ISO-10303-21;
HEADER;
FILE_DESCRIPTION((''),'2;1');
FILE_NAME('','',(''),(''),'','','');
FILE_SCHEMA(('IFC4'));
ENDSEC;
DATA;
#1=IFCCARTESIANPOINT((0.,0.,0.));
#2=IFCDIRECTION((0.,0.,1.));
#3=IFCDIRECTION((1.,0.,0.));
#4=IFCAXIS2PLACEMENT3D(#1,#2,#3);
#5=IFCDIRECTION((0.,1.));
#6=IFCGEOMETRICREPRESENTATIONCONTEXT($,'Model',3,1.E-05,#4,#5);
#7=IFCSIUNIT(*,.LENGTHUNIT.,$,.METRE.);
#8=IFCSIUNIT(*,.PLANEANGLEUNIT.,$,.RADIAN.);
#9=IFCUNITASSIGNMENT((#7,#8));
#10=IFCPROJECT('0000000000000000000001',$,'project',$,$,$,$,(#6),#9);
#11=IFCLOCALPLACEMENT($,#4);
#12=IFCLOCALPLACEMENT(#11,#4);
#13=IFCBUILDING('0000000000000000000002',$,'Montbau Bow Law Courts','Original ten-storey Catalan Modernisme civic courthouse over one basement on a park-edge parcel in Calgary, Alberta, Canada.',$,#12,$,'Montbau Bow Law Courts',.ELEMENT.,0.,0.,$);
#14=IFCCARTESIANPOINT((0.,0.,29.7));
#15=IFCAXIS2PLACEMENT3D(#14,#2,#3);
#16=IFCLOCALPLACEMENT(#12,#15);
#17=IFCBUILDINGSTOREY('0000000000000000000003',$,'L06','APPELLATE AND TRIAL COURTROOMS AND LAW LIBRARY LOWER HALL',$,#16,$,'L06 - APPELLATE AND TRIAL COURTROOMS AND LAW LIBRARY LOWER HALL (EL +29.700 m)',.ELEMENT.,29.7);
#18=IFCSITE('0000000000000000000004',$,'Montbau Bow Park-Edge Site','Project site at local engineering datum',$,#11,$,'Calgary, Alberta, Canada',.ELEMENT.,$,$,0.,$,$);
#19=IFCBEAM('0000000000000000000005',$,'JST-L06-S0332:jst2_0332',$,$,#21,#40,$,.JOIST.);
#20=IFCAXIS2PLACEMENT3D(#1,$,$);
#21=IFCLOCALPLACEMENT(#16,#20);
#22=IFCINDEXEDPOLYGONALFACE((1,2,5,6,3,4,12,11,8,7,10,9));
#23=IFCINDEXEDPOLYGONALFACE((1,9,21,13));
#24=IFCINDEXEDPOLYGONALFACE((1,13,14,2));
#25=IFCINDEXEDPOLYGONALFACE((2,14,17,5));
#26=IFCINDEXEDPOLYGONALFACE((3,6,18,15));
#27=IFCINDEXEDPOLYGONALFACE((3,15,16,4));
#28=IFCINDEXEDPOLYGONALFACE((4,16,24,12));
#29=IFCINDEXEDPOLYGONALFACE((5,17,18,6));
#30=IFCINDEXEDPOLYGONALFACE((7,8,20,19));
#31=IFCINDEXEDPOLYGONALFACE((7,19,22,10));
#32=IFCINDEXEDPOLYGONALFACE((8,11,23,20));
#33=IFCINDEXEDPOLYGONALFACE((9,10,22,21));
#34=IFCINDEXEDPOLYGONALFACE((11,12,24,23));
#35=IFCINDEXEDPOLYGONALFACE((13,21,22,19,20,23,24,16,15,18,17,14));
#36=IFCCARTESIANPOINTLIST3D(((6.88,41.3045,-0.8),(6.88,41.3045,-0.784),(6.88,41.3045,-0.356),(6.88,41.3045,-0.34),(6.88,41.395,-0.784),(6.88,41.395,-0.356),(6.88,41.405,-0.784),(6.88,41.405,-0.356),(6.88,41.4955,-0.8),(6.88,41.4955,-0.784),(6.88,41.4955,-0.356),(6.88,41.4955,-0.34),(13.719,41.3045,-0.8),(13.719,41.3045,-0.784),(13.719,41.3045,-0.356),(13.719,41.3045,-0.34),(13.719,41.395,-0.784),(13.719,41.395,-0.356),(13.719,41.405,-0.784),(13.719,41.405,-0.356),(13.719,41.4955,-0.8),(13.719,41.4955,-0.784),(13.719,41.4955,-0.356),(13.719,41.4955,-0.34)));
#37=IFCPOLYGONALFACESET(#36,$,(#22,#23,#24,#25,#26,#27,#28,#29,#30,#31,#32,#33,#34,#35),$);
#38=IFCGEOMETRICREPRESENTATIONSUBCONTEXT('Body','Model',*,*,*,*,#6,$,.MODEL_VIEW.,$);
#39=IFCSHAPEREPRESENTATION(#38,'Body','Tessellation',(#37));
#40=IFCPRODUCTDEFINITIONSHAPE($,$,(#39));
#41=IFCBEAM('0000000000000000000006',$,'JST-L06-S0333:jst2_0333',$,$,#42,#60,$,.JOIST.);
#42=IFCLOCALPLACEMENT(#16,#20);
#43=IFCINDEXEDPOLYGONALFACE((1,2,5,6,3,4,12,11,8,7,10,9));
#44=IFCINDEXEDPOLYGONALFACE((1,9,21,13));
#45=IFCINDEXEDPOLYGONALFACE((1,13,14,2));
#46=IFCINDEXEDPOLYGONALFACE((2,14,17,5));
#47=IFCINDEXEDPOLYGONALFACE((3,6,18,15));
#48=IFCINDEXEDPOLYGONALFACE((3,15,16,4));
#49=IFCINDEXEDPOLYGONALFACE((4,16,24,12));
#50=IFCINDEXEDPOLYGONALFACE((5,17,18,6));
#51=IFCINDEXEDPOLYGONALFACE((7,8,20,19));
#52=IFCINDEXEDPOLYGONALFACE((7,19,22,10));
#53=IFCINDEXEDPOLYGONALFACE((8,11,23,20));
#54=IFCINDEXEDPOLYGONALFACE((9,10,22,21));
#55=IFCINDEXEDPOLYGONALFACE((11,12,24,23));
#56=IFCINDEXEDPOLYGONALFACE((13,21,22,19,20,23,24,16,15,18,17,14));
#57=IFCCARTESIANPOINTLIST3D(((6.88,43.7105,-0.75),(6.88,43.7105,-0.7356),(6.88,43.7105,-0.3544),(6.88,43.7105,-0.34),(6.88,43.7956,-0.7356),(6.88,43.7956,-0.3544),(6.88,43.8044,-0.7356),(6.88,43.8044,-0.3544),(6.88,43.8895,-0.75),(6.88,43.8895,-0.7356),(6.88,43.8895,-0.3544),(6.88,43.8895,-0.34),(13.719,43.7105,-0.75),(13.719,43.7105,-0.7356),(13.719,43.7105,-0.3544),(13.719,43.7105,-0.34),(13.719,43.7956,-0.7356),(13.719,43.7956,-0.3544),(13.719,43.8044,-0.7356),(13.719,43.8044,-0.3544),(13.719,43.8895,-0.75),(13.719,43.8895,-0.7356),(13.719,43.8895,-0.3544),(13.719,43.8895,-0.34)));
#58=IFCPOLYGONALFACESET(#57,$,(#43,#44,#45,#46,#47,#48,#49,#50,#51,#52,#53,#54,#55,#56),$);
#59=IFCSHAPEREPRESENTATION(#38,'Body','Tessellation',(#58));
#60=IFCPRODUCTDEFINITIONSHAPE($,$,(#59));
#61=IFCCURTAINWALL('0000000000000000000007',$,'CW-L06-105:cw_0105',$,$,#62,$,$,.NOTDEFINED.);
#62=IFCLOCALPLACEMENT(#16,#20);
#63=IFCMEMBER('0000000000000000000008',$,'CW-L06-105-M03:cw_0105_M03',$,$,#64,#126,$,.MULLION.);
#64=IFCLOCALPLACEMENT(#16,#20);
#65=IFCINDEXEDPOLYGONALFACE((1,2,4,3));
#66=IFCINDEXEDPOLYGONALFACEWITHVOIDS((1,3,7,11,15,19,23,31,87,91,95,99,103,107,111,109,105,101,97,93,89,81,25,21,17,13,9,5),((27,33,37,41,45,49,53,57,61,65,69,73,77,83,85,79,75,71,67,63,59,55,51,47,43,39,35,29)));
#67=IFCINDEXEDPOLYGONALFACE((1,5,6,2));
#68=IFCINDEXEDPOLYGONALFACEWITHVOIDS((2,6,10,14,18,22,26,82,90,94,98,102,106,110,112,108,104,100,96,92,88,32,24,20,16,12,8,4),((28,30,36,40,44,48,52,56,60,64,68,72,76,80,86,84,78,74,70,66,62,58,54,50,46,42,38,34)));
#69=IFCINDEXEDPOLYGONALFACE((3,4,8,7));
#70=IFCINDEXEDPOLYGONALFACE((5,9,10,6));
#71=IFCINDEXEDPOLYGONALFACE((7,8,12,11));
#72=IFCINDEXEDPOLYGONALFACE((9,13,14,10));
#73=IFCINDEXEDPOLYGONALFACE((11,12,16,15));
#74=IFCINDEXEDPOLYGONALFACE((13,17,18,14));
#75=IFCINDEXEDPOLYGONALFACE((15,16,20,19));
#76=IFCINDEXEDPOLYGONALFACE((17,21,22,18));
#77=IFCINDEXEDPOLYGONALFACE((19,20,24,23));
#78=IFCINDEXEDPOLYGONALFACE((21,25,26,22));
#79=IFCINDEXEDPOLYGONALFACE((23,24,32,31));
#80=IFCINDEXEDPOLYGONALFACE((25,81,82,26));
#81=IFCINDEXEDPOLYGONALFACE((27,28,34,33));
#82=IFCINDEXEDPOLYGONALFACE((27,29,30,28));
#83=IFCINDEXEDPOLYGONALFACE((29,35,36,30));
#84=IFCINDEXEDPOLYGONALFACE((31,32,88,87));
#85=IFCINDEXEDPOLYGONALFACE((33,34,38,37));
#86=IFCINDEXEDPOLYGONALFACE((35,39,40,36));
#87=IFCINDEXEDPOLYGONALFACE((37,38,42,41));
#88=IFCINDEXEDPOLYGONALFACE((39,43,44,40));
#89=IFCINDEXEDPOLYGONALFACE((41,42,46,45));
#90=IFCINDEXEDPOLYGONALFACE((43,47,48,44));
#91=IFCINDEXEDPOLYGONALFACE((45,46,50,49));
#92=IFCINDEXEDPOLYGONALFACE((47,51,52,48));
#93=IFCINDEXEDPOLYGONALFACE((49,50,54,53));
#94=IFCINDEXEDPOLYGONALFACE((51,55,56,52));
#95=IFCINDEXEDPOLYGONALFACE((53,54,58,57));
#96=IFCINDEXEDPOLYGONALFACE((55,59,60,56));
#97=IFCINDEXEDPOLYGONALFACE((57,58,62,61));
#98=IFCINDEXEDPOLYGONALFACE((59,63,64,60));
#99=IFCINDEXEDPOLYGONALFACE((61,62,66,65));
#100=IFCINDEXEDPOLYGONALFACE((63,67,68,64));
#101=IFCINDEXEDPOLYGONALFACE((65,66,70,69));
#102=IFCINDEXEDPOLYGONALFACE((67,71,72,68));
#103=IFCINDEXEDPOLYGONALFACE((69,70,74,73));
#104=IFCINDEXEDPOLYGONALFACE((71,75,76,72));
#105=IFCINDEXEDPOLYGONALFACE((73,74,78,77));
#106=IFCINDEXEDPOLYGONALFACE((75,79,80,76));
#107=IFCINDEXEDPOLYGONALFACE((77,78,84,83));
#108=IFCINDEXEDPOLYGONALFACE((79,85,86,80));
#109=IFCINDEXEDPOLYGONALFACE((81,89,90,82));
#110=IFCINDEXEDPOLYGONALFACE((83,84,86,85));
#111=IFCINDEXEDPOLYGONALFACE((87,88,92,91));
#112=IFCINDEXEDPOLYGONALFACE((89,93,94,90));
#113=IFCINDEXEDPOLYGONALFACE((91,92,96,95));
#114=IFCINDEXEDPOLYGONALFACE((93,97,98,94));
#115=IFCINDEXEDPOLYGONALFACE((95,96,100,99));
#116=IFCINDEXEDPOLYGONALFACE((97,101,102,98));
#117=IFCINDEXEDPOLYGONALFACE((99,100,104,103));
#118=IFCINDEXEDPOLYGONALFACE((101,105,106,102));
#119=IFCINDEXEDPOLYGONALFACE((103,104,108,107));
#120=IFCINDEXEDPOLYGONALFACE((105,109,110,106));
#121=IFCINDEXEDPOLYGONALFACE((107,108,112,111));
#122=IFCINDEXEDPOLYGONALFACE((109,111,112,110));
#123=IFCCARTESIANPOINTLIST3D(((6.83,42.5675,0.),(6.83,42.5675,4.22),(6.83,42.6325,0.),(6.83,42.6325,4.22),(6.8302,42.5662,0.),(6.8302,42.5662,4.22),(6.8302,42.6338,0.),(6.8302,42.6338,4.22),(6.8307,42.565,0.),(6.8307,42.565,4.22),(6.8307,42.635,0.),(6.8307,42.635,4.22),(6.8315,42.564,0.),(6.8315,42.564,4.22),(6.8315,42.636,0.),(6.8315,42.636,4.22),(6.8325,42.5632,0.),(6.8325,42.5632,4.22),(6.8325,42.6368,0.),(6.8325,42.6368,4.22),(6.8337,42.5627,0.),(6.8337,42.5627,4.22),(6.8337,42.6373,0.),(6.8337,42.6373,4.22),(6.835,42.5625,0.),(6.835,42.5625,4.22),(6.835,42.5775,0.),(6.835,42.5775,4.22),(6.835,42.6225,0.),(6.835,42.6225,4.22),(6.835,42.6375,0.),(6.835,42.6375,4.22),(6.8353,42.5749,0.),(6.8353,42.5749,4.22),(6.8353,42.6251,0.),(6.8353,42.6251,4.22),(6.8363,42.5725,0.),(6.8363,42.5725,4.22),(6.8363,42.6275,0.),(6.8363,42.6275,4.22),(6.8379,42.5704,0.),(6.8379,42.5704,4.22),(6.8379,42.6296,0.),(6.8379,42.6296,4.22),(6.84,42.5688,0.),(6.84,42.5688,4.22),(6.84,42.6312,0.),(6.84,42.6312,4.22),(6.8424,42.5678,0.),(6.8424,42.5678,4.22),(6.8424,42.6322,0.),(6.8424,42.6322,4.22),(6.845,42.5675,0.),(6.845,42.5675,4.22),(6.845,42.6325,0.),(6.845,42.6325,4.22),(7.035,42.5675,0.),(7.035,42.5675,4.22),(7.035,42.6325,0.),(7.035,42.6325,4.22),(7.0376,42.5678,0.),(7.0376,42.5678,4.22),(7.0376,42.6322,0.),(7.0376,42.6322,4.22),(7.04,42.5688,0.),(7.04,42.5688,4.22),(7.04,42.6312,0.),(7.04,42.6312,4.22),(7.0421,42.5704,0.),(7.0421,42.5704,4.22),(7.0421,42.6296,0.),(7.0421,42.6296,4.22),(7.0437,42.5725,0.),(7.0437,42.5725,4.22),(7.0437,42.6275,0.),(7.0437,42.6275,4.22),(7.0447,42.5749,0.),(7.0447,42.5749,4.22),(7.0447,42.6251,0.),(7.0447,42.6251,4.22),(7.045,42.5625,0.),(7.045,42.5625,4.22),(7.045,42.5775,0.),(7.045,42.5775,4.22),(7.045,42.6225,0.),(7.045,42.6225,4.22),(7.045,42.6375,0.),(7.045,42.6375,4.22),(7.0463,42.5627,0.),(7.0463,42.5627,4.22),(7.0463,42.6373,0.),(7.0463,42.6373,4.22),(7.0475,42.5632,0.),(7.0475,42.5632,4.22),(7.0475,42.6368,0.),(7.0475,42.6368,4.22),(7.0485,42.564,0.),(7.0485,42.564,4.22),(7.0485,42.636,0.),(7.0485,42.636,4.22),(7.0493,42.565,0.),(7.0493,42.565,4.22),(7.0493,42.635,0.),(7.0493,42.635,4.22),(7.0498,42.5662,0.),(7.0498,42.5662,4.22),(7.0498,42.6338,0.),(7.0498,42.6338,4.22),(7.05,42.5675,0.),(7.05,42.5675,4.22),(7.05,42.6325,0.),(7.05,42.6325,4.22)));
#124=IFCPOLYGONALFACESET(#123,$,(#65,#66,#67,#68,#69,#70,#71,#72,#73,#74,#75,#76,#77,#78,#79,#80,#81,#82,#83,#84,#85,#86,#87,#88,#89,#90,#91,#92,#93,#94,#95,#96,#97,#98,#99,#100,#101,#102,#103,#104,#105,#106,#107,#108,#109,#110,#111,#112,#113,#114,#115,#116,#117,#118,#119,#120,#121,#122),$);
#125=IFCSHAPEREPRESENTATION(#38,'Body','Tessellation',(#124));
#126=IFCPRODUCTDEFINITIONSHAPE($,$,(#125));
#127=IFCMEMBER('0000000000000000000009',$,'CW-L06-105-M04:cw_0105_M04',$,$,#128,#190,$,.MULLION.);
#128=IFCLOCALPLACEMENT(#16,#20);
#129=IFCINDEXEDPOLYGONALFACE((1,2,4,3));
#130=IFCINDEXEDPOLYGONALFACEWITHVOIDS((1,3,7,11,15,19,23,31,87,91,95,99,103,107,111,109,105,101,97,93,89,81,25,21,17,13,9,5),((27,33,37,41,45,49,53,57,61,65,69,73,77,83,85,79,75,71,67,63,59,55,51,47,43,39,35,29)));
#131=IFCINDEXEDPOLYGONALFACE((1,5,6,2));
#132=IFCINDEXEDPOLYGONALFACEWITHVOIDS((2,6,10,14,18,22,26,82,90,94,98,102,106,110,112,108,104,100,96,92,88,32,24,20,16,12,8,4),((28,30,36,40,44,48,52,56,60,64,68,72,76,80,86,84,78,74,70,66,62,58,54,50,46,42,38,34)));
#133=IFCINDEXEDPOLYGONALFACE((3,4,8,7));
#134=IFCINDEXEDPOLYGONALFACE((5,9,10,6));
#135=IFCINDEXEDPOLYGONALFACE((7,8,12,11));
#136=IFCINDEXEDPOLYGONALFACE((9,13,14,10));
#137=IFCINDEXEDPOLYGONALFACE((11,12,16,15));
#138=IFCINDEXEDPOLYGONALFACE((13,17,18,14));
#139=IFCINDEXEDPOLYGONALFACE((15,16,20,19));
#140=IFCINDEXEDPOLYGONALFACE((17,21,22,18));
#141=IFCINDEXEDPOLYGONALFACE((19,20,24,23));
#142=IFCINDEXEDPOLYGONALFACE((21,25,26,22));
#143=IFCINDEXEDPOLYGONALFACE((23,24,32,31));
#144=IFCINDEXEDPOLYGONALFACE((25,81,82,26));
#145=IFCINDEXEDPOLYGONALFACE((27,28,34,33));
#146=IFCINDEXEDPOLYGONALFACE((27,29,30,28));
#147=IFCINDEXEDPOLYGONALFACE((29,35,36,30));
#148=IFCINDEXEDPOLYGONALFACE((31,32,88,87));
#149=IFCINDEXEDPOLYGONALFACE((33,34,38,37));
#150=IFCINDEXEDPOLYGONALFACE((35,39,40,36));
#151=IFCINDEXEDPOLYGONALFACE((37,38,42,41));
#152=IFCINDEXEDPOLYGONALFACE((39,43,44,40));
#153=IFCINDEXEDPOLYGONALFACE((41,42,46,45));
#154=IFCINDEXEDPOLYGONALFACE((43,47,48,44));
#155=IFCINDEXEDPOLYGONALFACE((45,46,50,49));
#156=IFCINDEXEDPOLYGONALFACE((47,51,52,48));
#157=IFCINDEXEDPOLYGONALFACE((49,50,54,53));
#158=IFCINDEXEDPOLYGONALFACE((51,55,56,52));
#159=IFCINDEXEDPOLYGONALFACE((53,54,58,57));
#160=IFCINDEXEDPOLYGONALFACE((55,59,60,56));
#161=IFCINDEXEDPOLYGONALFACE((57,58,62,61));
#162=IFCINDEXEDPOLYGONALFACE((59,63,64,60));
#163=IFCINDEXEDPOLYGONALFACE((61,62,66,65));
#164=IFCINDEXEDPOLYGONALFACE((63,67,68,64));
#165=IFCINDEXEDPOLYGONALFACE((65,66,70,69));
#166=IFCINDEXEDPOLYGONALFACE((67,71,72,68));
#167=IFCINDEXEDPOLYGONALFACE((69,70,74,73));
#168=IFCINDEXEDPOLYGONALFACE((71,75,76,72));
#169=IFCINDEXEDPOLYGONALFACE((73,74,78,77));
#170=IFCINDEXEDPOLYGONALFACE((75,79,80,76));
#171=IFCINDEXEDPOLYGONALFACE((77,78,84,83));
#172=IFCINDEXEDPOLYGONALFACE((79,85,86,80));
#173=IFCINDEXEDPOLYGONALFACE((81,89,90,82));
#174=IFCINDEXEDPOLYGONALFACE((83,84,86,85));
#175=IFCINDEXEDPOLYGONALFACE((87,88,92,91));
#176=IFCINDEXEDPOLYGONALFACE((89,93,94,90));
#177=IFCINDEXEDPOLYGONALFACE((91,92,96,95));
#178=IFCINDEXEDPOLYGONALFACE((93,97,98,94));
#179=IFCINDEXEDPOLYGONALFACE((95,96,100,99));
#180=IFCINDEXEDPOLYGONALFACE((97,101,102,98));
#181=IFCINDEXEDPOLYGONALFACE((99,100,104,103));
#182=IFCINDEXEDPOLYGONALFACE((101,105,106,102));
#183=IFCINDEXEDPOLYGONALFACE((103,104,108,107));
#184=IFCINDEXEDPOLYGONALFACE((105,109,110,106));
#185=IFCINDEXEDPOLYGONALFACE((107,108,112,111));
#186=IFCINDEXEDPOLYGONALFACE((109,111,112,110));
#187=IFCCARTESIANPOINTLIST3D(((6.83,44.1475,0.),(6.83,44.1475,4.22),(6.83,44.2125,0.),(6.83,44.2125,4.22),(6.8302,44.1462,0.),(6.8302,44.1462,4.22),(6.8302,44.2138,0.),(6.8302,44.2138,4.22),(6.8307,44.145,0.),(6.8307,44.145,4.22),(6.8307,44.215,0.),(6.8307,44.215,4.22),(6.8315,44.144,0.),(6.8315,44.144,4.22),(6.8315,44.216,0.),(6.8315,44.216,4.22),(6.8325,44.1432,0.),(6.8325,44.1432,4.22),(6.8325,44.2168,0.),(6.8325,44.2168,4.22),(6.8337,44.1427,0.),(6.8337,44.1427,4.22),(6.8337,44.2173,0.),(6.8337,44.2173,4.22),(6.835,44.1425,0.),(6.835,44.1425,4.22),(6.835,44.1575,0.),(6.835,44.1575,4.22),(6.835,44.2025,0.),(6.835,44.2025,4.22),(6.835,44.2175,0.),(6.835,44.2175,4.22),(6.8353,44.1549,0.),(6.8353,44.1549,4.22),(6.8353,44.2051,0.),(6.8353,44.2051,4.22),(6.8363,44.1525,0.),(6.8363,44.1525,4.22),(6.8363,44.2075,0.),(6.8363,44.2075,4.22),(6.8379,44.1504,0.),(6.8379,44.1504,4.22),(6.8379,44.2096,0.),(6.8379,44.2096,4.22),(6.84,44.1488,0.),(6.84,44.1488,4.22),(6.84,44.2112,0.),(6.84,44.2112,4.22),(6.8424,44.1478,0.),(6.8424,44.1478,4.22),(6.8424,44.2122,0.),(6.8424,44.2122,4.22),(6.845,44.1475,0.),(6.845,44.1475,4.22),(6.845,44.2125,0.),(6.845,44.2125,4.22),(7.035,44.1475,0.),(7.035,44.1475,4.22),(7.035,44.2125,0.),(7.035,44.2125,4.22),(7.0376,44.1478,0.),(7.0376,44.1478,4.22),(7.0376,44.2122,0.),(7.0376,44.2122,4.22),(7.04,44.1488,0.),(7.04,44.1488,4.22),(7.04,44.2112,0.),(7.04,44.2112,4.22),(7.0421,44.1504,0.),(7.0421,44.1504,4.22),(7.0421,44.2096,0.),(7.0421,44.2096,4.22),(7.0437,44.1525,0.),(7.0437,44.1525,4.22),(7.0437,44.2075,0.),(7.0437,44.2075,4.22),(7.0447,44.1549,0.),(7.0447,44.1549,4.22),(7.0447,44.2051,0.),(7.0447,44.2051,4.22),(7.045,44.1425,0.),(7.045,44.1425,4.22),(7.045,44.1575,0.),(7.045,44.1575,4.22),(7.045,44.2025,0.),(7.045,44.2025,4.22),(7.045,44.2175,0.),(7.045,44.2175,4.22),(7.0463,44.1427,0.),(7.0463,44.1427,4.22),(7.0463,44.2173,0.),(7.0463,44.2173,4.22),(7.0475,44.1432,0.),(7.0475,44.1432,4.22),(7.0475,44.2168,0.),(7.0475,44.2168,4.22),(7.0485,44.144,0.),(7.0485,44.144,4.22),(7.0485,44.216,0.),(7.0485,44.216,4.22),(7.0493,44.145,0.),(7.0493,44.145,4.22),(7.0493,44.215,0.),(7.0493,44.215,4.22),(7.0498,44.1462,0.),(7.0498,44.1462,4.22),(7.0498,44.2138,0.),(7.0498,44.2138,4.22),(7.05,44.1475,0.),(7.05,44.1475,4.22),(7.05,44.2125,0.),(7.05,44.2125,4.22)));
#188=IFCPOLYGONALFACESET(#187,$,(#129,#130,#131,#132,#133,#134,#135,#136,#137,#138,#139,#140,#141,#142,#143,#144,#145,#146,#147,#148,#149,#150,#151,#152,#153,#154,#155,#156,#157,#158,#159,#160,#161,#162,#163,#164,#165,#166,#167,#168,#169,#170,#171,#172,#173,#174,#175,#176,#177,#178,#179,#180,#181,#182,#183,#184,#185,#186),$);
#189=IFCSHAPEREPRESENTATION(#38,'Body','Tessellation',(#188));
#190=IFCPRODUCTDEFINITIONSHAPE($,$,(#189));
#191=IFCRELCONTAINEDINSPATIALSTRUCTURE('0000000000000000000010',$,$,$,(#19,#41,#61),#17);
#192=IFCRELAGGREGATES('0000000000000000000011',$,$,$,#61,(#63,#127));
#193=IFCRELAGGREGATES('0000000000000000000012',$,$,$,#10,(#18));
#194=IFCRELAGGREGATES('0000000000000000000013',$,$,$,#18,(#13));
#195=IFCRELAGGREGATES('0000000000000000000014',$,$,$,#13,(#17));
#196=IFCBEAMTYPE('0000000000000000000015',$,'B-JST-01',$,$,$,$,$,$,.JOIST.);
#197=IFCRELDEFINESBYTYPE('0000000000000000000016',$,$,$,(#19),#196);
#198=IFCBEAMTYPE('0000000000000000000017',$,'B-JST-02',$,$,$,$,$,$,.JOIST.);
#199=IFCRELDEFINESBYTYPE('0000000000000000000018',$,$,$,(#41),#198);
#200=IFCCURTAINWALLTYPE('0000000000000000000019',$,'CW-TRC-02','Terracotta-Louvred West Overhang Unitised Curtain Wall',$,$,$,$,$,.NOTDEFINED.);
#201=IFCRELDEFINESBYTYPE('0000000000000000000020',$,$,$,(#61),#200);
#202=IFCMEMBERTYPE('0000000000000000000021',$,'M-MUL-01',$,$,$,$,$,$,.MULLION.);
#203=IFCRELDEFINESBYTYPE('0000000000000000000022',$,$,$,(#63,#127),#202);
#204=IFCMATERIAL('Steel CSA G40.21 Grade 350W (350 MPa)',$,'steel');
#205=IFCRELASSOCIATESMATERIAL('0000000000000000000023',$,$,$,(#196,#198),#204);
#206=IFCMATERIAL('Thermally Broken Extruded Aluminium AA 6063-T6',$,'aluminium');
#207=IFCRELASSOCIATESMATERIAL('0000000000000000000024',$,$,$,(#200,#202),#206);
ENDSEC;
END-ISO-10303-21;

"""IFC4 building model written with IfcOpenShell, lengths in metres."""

from ifc_helpers import new_model, si_unit, direction, frame, origin_with_axes, origin_2d_with_axis, place, context, subcontext, project, spatial, hollow_rectangle, i_section, extrude, material, material_profile, profile_set, type_object, element, aggregate, save


model = new_model("IFC4")

# Units and contexts
model_context = context("Model", 3, precision=1e-05, world=origin_with_axes(), true_north=direction((0.0, 1.0)))
body_context = subcontext(model_context, "Body", "Model", "MODEL_VIEW")
ifc_project = project(units=[si_unit("LENGTHUNIT", "METRE"), si_unit("PLANEANGLEUNIT", "RADIAN")], contexts=[model_context])

# Site, building, storey
site_placement = place(None, origin_with_axes())
site = spatial("IfcSite", under=ifc_project, at=site_placement, Name="Montbau Bow Park-Edge Site", Description="Project site at local engineering datum", LongName="Calgary, Alberta, Canada", CompositionType="ELEMENT", RefElevation=0.0)
building_placement = place(site_placement, origin_with_axes())
building = spatial("IfcBuilding", under=site, at=building_placement, Name="Montbau Bow Law Courts", Description="Original ten-storey Catalan Modernisme civic courthouse over one basement on a park-edge parcel in Calgary, Alberta, Canada.", LongName="Montbau Bow Law Courts", CompositionType="ELEMENT", ElevationOfRefHeight=0.0, ElevationOfTerrain=0.0)
storey_placement = place(building_placement, frame((0.0, 0.0, 29.7), z_axis=(0.0, 0.0, 1.0), x_axis=(1.0, 0.0, 0.0)))
storey = spatial("IfcBuildingStorey", under=building, at=storey_placement, Name="L06", Description="APPELLATE AND TRIAL COURTROOMS AND LAW LIBRARY LOWER HALL", LongName="L06 - APPELLATE AND TRIAL COURTROOMS AND LAW LIBRARY LOWER HALL (EL +29.700 m)", CompositionType="ELEMENT", Elevation=29.7)

# Beams
ifc_material_1 = material(Name="Steel CSA G40.21 Grade 350W (350 MPa)", Category="steel")
ifc_material_profile_1 = material_profile(ifc_material_1, i_section(OverallWidth=0.191, OverallDepth=0.46, WebThickness=0.0099, FlangeThickness=0.016, at=origin_2d_with_axis()), Name="W460X82", Category="Main", Priority=0)
ifc_profile_set_1 = profile_set([ifc_material_profile_1], Name="Steel CSA G40.21 Grade 350W (350 MPa)")
beam_type_1 = type_object("IfcBeamType", Name="B-JST-01", PredefinedType="JOIST", material=ifc_profile_set_1)
beam_1_placement = place(None, frame((6.88, 41.4, 29.13), z_axis=(1.0, 0.0, 0.0), x_axis=(0.0, 1.0, 0.0)))
element("IfcBeam", 1, at=beam_1_placement, inside=storey, type_object=beam_type_1, Name="JST-L06-S0332:jst2_0332", PredefinedType="JOIST", context=body_context, shape_type="SweptSolid", body=[
    extrude(i_section(OverallWidth=0.191, OverallDepth=0.46, WebThickness=0.0099, FlangeThickness=0.016, at=origin_2d_with_axis()), origin_with_axes(), (0.0, 0.0, 1.0), 6.839),
])
ifc_material_profile_2 = material_profile(ifc_material_1, i_section(OverallWidth=0.179, OverallDepth=0.41, WebThickness=0.0088, FlangeThickness=0.0144, at=origin_2d_with_axis()), Name="W410X67", Category="Main", Priority=0)
ifc_profile_set_2 = profile_set([ifc_material_profile_2], Name="Steel CSA G40.21 Grade 350W (350 MPa)")
beam_type_2 = type_object("IfcBeamType", Name="B-JST-02", PredefinedType="JOIST", material=ifc_profile_set_2)
beam_2_placement = place(None, frame((6.88, 43.8, 29.155), z_axis=(1.0, 0.0, 0.0), x_axis=(0.0, 1.0, 0.0)))
element("IfcBeam", 2, at=beam_2_placement, inside=storey, type_object=beam_type_2, Name="JST-L06-S0333:jst2_0333", PredefinedType="JOIST", context=body_context, shape_type="SweptSolid", body=[
    extrude(i_section(OverallWidth=0.179, OverallDepth=0.41, WebThickness=0.0088, FlangeThickness=0.0144, at=origin_2d_with_axis()), origin_with_axes(), (0.0, 0.0, 1.0), 6.839),
])

# Curtain wall, members
ifc_material_2 = material(Name="Thermally Broken Extruded Aluminium AA 6063-T6", Category="aluminium")
curtain_wall_type = type_object("IfcCurtainWallType", Name="CW-TRC-02", Description="Terracotta-Louvred West Overhang Unitised Curtain Wall", PredefinedType="NOTDEFINED", material=ifc_material_2)
curtain_wall_placement = place(None, frame((6.94, 39.44, 29.7), z_axis=(0.0, 0.0, 1.0), x_axis=(1.0, 0.0, 0.0)))
curtain_wall = element("IfcCurtainWall", 3, at=curtain_wall_placement, inside=storey, type_object=curtain_wall_type, Name="CW-L06-105:cw_0105", PredefinedType="NOTDEFINED")
ifc_material_profile_3 = material_profile(ifc_material_2, hollow_rectangle(XDim=0.075, YDim=0.22, WallThickness=0.005, InnerFilletRadius=0.01, OuterFilletRadius=0.005, at=origin_2d_with_axis()), Name="CWM-220X75", Category="Main", Priority=0)
ifc_profile_set_3 = profile_set([ifc_material_profile_3], Name="Thermally Broken Extruded Aluminium AA 6063-T6")
member_type_1 = type_object("IfcMemberType", Name="M-MUL-01", PredefinedType="MULLION", material=ifc_profile_set_3)
member_1_placement = place(None, frame((6.94, 42.6, 29.7), z_axis=(0.0, 0.0, 1.0), x_axis=(0.0, 1.0, 0.0)))
member_1 = element("IfcMember", 4, at=member_1_placement, type_object=member_type_1, Name="CW-L06-105-M03:cw_0105_M03", PredefinedType="MULLION", context=body_context, shape_type="SweptSolid", body=[
    extrude(hollow_rectangle(XDim=0.075, YDim=0.22, WallThickness=0.005, InnerFilletRadius=0.01, OuterFilletRadius=0.005, at=origin_2d_with_axis()), origin_with_axes(), (0.0, 0.0, 1.0), 4.22),
])
member_2_placement = place(None, frame((6.94, 44.18, 29.7), z_axis=(0.0, 0.0, 1.0), x_axis=(0.0, 1.0, 0.0)))
member_2 = element("IfcMember", 5, at=member_2_placement, type_object=member_type_1, Name="CW-L06-105-M04:cw_0105_M04", PredefinedType="MULLION", context=body_context, shape_type="SweptSolid", body=[
    extrude(hollow_rectangle(XDim=0.075, YDim=0.22, WallThickness=0.005, InnerFilletRadius=0.01, OuterFilletRadius=0.005, at=origin_2d_with_axis()), origin_with_axes(), (0.0, 0.0, 1.0), 4.22),
])
aggregate(curtain_wall, [member_1, member_2])

save(model, "model.ifc")
